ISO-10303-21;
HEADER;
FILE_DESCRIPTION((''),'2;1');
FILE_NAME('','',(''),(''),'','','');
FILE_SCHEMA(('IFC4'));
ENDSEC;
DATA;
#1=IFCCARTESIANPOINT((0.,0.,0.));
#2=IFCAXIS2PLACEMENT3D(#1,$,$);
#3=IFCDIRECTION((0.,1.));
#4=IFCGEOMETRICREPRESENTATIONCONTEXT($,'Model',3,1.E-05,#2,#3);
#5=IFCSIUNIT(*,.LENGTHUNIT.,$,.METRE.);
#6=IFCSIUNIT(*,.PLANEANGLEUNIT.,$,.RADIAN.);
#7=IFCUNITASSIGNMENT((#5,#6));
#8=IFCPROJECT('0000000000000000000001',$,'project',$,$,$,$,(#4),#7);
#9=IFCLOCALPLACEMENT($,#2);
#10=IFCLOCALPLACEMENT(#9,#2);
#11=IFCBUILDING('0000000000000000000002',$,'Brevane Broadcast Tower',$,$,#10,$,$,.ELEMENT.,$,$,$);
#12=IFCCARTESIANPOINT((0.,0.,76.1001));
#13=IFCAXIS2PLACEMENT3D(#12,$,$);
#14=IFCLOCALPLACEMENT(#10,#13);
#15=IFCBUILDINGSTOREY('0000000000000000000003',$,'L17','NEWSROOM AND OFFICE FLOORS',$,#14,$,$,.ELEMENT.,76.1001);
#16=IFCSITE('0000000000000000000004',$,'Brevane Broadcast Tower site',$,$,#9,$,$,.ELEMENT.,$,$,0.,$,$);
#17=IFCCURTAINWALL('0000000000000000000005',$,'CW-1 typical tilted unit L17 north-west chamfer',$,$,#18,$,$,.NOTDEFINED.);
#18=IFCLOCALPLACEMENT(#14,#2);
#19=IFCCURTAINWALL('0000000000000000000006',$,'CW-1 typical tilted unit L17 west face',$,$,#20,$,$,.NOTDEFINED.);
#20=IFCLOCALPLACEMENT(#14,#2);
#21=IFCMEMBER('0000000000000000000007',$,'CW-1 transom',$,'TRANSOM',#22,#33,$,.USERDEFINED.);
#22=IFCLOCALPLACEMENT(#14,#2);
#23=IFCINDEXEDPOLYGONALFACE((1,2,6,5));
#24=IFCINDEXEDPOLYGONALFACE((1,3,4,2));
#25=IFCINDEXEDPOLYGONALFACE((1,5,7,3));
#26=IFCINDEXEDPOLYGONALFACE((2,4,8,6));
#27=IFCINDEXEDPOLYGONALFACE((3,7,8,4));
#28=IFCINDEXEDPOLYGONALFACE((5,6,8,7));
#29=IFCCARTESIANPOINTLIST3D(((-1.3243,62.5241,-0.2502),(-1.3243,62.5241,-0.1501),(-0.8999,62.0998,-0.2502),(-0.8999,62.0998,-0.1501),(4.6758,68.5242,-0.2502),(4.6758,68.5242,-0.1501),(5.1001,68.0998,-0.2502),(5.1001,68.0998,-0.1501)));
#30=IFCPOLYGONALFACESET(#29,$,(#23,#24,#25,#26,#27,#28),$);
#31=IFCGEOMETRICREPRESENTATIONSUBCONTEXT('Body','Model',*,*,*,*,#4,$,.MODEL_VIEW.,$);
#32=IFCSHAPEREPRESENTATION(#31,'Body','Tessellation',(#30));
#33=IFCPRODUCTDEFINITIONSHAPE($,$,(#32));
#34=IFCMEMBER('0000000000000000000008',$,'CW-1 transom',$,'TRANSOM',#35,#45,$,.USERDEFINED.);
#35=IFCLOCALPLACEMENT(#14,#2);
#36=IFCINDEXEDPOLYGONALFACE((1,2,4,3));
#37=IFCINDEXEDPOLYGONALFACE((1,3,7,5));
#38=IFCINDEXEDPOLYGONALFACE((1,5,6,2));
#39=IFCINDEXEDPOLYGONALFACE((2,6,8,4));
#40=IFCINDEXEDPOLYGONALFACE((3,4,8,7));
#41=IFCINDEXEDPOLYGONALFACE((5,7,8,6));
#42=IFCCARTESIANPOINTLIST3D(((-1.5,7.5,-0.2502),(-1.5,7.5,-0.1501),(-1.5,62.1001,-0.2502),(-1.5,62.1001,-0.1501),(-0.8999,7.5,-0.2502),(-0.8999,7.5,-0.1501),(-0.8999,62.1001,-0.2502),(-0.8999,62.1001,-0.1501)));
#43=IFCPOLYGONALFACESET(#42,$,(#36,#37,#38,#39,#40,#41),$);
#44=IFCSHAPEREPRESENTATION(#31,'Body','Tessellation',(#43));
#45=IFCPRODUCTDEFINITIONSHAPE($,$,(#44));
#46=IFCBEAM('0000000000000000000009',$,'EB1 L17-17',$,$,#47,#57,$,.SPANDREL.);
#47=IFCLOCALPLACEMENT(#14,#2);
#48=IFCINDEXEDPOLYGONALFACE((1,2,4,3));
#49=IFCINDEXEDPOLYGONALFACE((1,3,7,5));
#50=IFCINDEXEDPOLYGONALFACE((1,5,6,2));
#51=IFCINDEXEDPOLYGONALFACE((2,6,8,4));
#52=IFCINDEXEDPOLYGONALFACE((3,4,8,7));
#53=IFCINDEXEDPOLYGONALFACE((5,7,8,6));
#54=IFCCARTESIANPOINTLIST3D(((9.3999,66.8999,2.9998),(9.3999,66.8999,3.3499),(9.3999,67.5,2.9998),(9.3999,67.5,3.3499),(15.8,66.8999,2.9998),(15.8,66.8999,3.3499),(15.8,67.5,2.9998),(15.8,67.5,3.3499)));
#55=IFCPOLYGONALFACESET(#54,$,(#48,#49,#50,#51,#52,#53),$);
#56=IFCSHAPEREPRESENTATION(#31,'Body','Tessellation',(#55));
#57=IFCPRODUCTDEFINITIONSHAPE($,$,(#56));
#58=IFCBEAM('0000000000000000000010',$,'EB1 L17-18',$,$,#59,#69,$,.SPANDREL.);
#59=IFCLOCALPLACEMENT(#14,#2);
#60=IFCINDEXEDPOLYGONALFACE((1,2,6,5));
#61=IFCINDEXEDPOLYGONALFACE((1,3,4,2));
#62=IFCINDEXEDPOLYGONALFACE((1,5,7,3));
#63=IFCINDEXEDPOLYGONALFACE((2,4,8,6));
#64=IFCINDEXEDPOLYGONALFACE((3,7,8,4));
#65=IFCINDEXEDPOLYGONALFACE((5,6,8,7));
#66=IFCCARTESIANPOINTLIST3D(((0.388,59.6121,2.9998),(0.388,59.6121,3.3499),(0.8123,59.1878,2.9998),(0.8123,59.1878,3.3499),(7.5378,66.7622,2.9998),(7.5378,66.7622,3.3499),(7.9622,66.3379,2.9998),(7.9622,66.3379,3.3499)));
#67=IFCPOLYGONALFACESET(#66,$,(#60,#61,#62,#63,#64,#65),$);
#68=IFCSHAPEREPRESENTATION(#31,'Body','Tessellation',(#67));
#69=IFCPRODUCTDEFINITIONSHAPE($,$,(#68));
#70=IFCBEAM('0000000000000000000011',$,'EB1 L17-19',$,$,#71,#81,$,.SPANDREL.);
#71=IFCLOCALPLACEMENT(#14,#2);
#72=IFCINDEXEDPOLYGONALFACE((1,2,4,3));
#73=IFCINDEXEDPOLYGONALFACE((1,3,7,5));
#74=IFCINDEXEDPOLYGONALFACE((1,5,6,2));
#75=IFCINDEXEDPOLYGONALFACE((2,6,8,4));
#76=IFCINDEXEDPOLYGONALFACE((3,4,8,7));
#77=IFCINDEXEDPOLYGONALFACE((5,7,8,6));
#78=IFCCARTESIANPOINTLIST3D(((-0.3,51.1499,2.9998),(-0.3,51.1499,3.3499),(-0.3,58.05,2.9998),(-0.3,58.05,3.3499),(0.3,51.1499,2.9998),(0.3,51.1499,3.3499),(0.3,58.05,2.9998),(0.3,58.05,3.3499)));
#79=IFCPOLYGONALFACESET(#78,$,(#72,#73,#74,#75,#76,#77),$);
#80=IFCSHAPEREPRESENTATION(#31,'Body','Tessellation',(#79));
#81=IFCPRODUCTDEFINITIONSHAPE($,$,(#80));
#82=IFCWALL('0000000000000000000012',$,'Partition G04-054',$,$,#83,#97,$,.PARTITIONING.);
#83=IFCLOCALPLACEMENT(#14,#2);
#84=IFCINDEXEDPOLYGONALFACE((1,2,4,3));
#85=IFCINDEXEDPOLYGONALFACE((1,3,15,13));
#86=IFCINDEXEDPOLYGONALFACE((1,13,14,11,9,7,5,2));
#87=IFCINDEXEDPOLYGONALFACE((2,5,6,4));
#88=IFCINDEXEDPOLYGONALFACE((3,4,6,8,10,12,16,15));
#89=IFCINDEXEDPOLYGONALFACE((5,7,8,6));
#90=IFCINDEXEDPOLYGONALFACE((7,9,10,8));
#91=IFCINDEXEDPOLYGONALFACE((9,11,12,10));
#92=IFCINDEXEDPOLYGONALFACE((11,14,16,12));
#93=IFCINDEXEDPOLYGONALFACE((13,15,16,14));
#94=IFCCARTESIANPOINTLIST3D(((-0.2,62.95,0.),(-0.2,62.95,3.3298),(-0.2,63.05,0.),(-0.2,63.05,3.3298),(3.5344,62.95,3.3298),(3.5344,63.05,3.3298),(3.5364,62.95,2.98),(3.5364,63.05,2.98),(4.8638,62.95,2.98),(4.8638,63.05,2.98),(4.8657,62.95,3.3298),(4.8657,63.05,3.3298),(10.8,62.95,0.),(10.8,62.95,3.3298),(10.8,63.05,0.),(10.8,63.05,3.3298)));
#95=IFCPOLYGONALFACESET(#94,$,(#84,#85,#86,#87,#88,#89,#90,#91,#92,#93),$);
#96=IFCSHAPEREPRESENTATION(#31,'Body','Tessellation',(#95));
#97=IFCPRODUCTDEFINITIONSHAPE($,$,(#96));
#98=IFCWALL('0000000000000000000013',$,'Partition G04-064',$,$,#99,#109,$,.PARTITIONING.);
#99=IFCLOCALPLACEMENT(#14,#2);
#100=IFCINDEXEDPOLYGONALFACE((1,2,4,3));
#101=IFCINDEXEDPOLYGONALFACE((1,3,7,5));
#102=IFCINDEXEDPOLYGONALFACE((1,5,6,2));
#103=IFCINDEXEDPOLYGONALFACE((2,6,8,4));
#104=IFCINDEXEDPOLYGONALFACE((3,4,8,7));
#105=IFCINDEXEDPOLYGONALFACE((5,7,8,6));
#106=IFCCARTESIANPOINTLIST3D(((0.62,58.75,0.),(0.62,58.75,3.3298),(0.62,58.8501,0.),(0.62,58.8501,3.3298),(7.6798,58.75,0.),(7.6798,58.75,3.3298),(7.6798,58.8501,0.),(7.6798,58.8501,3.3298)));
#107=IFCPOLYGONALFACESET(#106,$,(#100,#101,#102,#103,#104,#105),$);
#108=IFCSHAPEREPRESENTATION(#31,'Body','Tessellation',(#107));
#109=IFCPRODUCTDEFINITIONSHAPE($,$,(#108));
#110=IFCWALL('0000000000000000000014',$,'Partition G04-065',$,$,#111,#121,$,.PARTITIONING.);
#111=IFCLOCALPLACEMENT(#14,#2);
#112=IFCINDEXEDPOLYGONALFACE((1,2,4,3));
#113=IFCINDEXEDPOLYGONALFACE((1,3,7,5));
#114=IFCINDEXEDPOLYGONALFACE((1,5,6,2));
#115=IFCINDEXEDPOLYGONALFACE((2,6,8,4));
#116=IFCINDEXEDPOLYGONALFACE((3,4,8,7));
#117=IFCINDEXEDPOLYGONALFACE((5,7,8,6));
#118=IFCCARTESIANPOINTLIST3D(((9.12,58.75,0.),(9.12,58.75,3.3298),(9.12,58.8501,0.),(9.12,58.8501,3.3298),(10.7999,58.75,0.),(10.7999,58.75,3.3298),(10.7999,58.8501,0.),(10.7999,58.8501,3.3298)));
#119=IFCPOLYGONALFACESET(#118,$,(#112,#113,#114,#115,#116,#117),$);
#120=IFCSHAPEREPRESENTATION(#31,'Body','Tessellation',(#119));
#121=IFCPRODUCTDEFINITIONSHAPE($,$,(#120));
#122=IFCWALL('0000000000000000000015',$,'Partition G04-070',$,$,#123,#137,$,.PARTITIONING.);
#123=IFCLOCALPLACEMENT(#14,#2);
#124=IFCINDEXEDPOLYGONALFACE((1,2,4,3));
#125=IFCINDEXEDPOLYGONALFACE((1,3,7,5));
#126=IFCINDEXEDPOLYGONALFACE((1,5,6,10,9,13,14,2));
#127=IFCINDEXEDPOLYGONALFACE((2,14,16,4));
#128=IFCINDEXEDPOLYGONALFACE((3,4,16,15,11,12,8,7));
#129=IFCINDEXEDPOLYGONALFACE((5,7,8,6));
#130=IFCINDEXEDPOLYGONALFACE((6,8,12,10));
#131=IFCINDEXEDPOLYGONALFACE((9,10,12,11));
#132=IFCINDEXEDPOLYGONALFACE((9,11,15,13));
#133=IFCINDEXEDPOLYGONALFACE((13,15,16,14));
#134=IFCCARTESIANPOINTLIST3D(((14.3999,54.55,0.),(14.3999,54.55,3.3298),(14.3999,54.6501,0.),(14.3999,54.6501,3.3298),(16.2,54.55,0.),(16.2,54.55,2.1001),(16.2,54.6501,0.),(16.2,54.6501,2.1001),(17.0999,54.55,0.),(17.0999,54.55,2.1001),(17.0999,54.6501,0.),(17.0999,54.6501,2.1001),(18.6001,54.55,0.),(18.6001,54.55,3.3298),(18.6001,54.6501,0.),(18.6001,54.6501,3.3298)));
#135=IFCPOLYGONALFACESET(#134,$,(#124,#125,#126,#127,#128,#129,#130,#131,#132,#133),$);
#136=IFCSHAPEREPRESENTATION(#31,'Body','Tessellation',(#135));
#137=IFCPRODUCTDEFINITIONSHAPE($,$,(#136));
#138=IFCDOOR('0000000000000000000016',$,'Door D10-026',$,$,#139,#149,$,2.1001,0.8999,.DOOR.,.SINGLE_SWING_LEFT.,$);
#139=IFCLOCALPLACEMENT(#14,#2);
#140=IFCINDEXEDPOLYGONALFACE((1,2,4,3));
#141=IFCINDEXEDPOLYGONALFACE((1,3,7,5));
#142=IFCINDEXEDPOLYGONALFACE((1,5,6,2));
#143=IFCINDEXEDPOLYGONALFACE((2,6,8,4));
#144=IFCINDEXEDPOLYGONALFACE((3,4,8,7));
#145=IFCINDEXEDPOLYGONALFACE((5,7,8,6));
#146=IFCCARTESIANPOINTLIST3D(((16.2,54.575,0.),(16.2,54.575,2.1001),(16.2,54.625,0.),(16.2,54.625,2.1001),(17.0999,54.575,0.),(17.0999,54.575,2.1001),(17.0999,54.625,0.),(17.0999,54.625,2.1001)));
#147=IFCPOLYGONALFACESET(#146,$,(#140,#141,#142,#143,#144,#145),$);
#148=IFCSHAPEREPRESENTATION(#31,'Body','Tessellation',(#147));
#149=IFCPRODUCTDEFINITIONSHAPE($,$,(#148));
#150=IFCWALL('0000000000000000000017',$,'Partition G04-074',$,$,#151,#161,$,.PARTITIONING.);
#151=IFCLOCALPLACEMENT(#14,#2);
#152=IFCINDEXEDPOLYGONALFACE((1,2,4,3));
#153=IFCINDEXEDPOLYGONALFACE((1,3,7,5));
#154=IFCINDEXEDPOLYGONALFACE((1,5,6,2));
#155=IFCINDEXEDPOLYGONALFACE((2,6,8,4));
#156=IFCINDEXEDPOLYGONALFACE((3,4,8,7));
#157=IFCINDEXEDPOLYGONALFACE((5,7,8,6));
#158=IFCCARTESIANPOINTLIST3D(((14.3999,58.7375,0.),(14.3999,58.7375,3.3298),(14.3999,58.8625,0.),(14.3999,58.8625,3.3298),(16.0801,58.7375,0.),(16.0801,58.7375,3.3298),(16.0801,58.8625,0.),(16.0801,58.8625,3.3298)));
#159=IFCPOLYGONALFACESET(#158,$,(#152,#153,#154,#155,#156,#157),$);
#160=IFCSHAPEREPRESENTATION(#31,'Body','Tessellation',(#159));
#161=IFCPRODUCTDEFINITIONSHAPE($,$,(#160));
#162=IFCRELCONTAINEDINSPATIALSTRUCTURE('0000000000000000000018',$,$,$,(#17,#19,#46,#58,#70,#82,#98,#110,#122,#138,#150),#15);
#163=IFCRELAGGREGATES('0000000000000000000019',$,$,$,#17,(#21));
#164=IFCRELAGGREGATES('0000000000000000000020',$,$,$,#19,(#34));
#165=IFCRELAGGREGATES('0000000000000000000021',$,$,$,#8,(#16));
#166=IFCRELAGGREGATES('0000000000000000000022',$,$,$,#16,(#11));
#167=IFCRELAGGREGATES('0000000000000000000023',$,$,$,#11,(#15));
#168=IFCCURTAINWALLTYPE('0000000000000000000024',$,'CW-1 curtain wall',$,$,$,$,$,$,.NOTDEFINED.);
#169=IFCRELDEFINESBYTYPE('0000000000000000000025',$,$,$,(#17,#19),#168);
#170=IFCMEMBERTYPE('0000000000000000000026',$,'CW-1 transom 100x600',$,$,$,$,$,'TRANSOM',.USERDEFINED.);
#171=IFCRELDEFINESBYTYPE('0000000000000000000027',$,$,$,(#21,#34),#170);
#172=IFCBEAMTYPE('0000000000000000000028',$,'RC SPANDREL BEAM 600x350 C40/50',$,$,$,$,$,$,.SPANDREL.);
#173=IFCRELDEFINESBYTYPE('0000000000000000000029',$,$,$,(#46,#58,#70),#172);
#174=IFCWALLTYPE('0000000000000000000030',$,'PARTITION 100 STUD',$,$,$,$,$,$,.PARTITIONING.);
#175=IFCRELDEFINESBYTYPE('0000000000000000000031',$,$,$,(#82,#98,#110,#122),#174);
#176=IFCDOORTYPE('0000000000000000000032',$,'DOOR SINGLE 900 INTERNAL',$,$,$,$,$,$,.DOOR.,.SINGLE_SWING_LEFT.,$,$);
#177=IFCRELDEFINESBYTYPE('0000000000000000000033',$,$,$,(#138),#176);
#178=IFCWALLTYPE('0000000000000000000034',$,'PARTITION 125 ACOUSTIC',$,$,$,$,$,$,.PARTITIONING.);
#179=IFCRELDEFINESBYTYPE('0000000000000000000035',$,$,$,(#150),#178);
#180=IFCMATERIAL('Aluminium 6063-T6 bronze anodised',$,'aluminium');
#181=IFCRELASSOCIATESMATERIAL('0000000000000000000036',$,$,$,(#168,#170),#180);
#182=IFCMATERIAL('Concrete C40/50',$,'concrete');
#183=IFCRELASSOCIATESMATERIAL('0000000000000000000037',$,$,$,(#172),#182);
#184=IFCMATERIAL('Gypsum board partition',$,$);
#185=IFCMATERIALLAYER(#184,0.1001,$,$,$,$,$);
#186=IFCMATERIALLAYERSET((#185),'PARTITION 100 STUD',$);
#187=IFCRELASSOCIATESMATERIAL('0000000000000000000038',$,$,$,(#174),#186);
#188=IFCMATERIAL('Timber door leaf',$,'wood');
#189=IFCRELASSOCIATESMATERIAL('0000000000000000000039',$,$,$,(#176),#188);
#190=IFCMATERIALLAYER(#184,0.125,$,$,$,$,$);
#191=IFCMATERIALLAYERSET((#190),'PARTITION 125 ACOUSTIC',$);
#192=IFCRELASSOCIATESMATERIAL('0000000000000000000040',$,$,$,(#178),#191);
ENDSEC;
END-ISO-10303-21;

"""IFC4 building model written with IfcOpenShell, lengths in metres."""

from ifc_helpers import new_model, si_unit, direction, frame, frame_2d, origin, origin_2d, place, context, subcontext, project, spatial, polyline, rectangle, outline, extrude, material, layer, layer_set, material_profile, profile_set, type_object, element, fill, aggregate, save


model = new_model("IFC4")

# Units and contexts
model_context = context("Model", 3, precision=1e-05, world=origin(), true_north=direction((0.0, 1.0)))
body_context = subcontext(model_context, "Body", "Model", "MODEL_VIEW")
ifc_project = project(units=[si_unit("LENGTHUNIT", "METRE"), si_unit("PLANEANGLEUNIT", "RADIAN")], contexts=[model_context])

# Site, building, storey
site_placement = place(None, origin())
site = spatial("IfcSite", under=ifc_project, at=site_placement, Name="Brevane Broadcast Tower site", CompositionType="ELEMENT", RefElevation=0.0)
building_placement = place(site_placement, origin())
building = spatial("IfcBuilding", under=site, at=building_placement, Name="Brevane Broadcast Tower", CompositionType="ELEMENT")
storey_placement = place(building_placement, frame((0.0, 0.0, 76.1001)))
storey = spatial("IfcBuildingStorey", under=building, at=storey_placement, Name="L17", Description="NEWSROOM AND OFFICE FLOORS", CompositionType="ELEMENT", Elevation=76.1001)

# Curtain walls
ifc_material_1 = material(Name="Aluminium 6063-T6 bronze anodised", Category="aluminium")
curtain_wall_type = type_object("IfcCurtainWallType", Name="CW-1 curtain wall", PredefinedType="NOTDEFINED", material=ifc_material_1)
curtain_wall_1_placement = place(storey_placement, origin())
curtain_wall_1 = element("IfcCurtainWall", 1, at=curtain_wall_1_placement, inside=storey, type_object=curtain_wall_type, Name="CW-1 typical tilted unit L17 north-west chamfer", PredefinedType="NOTDEFINED")
curtain_wall_2_placement = place(storey_placement, origin())
curtain_wall_2 = element("IfcCurtainWall", 2, at=curtain_wall_2_placement, inside=storey, type_object=curtain_wall_type, Name="CW-1 typical tilted unit L17 west face", PredefinedType="NOTDEFINED")

# Members
ifc_material_profile_1 = material_profile(ifc_material_1, rectangle(XDim=0.6001, YDim=0.1001, at=origin_2d()), Name="RECT 100x600")
ifc_profile_set_1 = profile_set([ifc_material_profile_1], Name="Aluminium 6063-T6 bronze anodised")
member_type_1 = type_object("IfcMemberType", Name="CW-1 transom 100x600", ElementType="TRANSOM", PredefinedType="USERDEFINED", material=ifc_profile_set_1)
member_1_placement = place(storey_placement, frame((4.8879, 68.312, -0.2002), z_axis=(-0.707107, -0.707107, 0.0), x_axis=(0.707107, -0.707107, 0.0)))
member_1 = element("IfcMember", 3, at=member_1_placement, type_object=member_type_1, Name="CW-1 transom", ObjectType="TRANSOM", PredefinedType="USERDEFINED", context=body_context, shape_type="SweptSolid", body=[
    extrude(rectangle(XDim=0.6001, YDim=0.1001, at=origin_2d()), origin(), (0.0, 0.0, 1.0), 8.4854),
])
aggregate(curtain_wall_1, [member_1])
member_2_placement = place(storey_placement, frame((-1.2, 62.1001, -0.2002), z_axis=(0.0, -1.0, 0.0), x_axis=(1.0, 0.0, 0.0)))
member_2 = element("IfcMember", 4, at=member_2_placement, type_object=member_type_1, Name="CW-1 transom", ObjectType="TRANSOM", PredefinedType="USERDEFINED", context=body_context, shape_type="SweptSolid", body=[
    extrude(rectangle(XDim=0.6001, YDim=0.1001, at=origin_2d()), origin(), (0.0, 0.0, 1.0), 54.6001),
])
aggregate(curtain_wall_2, [member_2])

# Beams
ifc_material_2 = material(Name="Concrete C40/50", Category="concrete")
ifc_material_profile_2 = material_profile(ifc_material_2, rectangle(XDim=0.6001, YDim=0.3501, at=origin_2d()), Name="RC 600x350")
ifc_profile_set_2 = profile_set([ifc_material_profile_2], Name="Concrete C40/50")
beam_type = type_object("IfcBeamType", Name="RC SPANDREL BEAM 600x350 C40/50", PredefinedType="SPANDREL", material=ifc_profile_set_2)
beam_1_placement = place(storey_placement, frame((15.8, 67.2, 3.1748), z_axis=(-1.0, 0.0, 0.0), x_axis=(0.0, -1.0, 0.0)))
element("IfcBeam", 5, at=beam_1_placement, inside=storey, type_object=beam_type, Name="EB1 L17-17", PredefinedType="SPANDREL", context=body_context, shape_type="SweptSolid", body=[
    extrude(rectangle(XDim=0.6001, YDim=0.3501, at=origin_2d()), origin(), (0.0, 0.0, 1.0), 6.4001),
])
beam_2_placement = place(storey_placement, frame((7.75, 66.55, 3.1748), z_axis=(-0.707095, -0.707119, 0.0), x_axis=(0.707119, -0.707095, 0.0)))
element("IfcBeam", 6, at=beam_2_placement, inside=storey, type_object=beam_type, Name="EB1 L17-18", PredefinedType="SPANDREL", context=body_context, shape_type="SweptSolid", body=[
    extrude(rectangle(XDim=0.6001, YDim=0.3501, at=origin_2d()), origin(), (0.0, 0.0, 1.0), 10.1116),
])
beam_3_placement = place(storey_placement, frame((0.0, 58.05, 3.1748), z_axis=(0.0, -1.0, 0.0), x_axis=(1.0, 0.0, 0.0)))
element("IfcBeam", 7, at=beam_3_placement, inside=storey, type_object=beam_type, Name="EB1 L17-19", PredefinedType="SPANDREL", context=body_context, shape_type="SweptSolid", body=[
    extrude(rectangle(XDim=0.6001, YDim=0.3501, at=origin_2d()), origin(), (0.0, 0.0, 1.0), 6.9001),
])

# Walls
ifc_material_3 = material(Name="Gypsum board partition")
ifc_layer_1 = layer(ifc_material_3, 0.1001)
ifc_layer_set_1 = layer_set([ifc_layer_1], Name="PARTITION 100 STUD")
wall_type_1 = type_object("IfcWallType", Name="PARTITION 100 STUD", PredefinedType="PARTITIONING", material=ifc_layer_set_1)
wall_1_placement = place(storey_placement, frame((10.8, 63.0, 0.0), z_axis=(0.0, 0.0, 1.0), x_axis=(-1.0, 0.0, 0.0)))
element("IfcWall", 8, at=wall_1_placement, inside=storey, type_object=wall_type_1, Name="Partition G04-054", PredefinedType="PARTITIONING", context=body_context, shape_type="SweptSolid", body=[
    extrude(outline(polyline([(0.0, 0.0), (11.0, 0.0), (11.0, 3.3298), (7.2656, 3.3298), (7.2637, 2.98), (5.9363, 2.98), (5.9343, 3.3298), (0.0, 3.3298), (0.0, 0.0)])), frame((0.0, 0.05, 0.0), z_axis=(0.0, -1.0, 0.0), x_axis=(1.0, 0.0, 0.0)), (0.0, 0.0, 1.0), 0.1001),
])
wall_2_placement = place(storey_placement, frame((0.6201, 58.8, 0.0), z_axis=(0.0, 0.0, 1.0), x_axis=(1.0, 0.0, 0.0)))
element("IfcWall", 9, at=wall_2_placement, inside=storey, type_object=wall_type_1, Name="Partition G04-064", PredefinedType="PARTITIONING", context=body_context, shape_type="SweptSolid", body=[
    extrude(rectangle(XDim=7.0598, YDim=0.1001, at=frame_2d((3.5298, 0.0))), origin(), (0.0, 0.0, 1.0), 3.3298),
])
wall_3_placement = place(storey_placement, frame((9.1201, 58.8, 0.0), z_axis=(0.0, 0.0, 1.0), x_axis=(1.0, 0.0, 0.0)))
element("IfcWall", 10, at=wall_3_placement, inside=storey, type_object=wall_type_1, Name="Partition G04-065", PredefinedType="PARTITIONING", context=body_context, shape_type="SweptSolid", body=[
    extrude(rectangle(XDim=1.6799, YDim=0.1001, at=frame_2d((0.8398, 0.0))), origin(), (0.0, 0.0, 1.0), 3.3298),
])

# Wall, opening, door
wall_4_placement = place(storey_placement, frame((14.3999, 54.6001, 0.0), z_axis=(0.0, 0.0, 1.0), x_axis=(1.0, 0.0, 0.0)))
wall_4 = element("IfcWall", 11, at=wall_4_placement, inside=storey, type_object=wall_type_1, Name="Partition G04-070", PredefinedType="PARTITIONING", context=body_context, shape_type="SweptSolid", body=[
    extrude(rectangle(XDim=4.2002, YDim=0.1001, at=frame_2d((2.1001, 0.0))), origin(), (0.0, 0.0, 1.0), 3.3298),
])
opening_1_placement = place(wall_4_placement, frame((1.8, 0.0, 0.0)))
opening_1 = element("IfcOpeningElement", 12, at=opening_1_placement, cuts=wall_4, PredefinedType="OPENING", context=body_context, shape_type="SweptSolid", body=[
    extrude(rectangle(XDim=0.8999, YDim=2.1001, at=frame_2d((0.45, 1.05))), frame((0.0, 0.0601, 0.0), z_axis=(0.0, -1.0, 0.0), x_axis=(1.0, 0.0, 0.0)), (0.0, 0.0, 1.0), 0.1201),
])
ifc_material_4 = material(Name="Timber door leaf", Category="wood")
door_type_1 = type_object("IfcDoorType", Name="DOOR SINGLE 900 INTERNAL", OperationType="SINGLE_SWING_LEFT", PredefinedType="DOOR", material=ifc_material_4)
door_1_placement = place(opening_1_placement, origin())
door_1 = element("IfcDoor", 13, at=door_1_placement, inside=storey, type_object=door_type_1, Name="Door D10-026", OperationType="SINGLE_SWING_LEFT", OverallHeight=2.1001, OverallWidth=0.8999, PredefinedType="DOOR", context=body_context, shape_type="SweptSolid", body=[
    extrude(rectangle(XDim=0.8999, YDim=2.1001, at=frame_2d((0.45, 1.05))), frame((0.0, 0.0249, 0.0), z_axis=(0.0, -1.0, 0.0), x_axis=(1.0, 0.0, 0.0)), (0.0, 0.0, 1.0), 0.05),
])
fill(opening_1, door_1)

# Wall
ifc_layer_2 = layer(ifc_material_3, 0.125)
ifc_layer_set_2 = layer_set([ifc_layer_2], Name="PARTITION 125 ACOUSTIC")
wall_type_2 = type_object("IfcWallType", Name="PARTITION 125 ACOUSTIC", PredefinedType="PARTITIONING", material=ifc_layer_set_2)
wall_5_placement = place(storey_placement, frame((14.3999, 58.8, 0.0), z_axis=(0.0, 0.0, 1.0), x_axis=(1.0, 0.0, 0.0)))
element("IfcWall", 14, at=wall_5_placement, inside=storey, type_object=wall_type_2, Name="Partition G04-074", PredefinedType="PARTITIONING", context=body_context, shape_type="SweptSolid", body=[
    extrude(rectangle(XDim=1.6802, YDim=0.125, at=frame_2d((0.8401, 0.0))), origin(), (0.0, 0.0, 1.0), 3.3298),
])

save(model, "model.ifc")
